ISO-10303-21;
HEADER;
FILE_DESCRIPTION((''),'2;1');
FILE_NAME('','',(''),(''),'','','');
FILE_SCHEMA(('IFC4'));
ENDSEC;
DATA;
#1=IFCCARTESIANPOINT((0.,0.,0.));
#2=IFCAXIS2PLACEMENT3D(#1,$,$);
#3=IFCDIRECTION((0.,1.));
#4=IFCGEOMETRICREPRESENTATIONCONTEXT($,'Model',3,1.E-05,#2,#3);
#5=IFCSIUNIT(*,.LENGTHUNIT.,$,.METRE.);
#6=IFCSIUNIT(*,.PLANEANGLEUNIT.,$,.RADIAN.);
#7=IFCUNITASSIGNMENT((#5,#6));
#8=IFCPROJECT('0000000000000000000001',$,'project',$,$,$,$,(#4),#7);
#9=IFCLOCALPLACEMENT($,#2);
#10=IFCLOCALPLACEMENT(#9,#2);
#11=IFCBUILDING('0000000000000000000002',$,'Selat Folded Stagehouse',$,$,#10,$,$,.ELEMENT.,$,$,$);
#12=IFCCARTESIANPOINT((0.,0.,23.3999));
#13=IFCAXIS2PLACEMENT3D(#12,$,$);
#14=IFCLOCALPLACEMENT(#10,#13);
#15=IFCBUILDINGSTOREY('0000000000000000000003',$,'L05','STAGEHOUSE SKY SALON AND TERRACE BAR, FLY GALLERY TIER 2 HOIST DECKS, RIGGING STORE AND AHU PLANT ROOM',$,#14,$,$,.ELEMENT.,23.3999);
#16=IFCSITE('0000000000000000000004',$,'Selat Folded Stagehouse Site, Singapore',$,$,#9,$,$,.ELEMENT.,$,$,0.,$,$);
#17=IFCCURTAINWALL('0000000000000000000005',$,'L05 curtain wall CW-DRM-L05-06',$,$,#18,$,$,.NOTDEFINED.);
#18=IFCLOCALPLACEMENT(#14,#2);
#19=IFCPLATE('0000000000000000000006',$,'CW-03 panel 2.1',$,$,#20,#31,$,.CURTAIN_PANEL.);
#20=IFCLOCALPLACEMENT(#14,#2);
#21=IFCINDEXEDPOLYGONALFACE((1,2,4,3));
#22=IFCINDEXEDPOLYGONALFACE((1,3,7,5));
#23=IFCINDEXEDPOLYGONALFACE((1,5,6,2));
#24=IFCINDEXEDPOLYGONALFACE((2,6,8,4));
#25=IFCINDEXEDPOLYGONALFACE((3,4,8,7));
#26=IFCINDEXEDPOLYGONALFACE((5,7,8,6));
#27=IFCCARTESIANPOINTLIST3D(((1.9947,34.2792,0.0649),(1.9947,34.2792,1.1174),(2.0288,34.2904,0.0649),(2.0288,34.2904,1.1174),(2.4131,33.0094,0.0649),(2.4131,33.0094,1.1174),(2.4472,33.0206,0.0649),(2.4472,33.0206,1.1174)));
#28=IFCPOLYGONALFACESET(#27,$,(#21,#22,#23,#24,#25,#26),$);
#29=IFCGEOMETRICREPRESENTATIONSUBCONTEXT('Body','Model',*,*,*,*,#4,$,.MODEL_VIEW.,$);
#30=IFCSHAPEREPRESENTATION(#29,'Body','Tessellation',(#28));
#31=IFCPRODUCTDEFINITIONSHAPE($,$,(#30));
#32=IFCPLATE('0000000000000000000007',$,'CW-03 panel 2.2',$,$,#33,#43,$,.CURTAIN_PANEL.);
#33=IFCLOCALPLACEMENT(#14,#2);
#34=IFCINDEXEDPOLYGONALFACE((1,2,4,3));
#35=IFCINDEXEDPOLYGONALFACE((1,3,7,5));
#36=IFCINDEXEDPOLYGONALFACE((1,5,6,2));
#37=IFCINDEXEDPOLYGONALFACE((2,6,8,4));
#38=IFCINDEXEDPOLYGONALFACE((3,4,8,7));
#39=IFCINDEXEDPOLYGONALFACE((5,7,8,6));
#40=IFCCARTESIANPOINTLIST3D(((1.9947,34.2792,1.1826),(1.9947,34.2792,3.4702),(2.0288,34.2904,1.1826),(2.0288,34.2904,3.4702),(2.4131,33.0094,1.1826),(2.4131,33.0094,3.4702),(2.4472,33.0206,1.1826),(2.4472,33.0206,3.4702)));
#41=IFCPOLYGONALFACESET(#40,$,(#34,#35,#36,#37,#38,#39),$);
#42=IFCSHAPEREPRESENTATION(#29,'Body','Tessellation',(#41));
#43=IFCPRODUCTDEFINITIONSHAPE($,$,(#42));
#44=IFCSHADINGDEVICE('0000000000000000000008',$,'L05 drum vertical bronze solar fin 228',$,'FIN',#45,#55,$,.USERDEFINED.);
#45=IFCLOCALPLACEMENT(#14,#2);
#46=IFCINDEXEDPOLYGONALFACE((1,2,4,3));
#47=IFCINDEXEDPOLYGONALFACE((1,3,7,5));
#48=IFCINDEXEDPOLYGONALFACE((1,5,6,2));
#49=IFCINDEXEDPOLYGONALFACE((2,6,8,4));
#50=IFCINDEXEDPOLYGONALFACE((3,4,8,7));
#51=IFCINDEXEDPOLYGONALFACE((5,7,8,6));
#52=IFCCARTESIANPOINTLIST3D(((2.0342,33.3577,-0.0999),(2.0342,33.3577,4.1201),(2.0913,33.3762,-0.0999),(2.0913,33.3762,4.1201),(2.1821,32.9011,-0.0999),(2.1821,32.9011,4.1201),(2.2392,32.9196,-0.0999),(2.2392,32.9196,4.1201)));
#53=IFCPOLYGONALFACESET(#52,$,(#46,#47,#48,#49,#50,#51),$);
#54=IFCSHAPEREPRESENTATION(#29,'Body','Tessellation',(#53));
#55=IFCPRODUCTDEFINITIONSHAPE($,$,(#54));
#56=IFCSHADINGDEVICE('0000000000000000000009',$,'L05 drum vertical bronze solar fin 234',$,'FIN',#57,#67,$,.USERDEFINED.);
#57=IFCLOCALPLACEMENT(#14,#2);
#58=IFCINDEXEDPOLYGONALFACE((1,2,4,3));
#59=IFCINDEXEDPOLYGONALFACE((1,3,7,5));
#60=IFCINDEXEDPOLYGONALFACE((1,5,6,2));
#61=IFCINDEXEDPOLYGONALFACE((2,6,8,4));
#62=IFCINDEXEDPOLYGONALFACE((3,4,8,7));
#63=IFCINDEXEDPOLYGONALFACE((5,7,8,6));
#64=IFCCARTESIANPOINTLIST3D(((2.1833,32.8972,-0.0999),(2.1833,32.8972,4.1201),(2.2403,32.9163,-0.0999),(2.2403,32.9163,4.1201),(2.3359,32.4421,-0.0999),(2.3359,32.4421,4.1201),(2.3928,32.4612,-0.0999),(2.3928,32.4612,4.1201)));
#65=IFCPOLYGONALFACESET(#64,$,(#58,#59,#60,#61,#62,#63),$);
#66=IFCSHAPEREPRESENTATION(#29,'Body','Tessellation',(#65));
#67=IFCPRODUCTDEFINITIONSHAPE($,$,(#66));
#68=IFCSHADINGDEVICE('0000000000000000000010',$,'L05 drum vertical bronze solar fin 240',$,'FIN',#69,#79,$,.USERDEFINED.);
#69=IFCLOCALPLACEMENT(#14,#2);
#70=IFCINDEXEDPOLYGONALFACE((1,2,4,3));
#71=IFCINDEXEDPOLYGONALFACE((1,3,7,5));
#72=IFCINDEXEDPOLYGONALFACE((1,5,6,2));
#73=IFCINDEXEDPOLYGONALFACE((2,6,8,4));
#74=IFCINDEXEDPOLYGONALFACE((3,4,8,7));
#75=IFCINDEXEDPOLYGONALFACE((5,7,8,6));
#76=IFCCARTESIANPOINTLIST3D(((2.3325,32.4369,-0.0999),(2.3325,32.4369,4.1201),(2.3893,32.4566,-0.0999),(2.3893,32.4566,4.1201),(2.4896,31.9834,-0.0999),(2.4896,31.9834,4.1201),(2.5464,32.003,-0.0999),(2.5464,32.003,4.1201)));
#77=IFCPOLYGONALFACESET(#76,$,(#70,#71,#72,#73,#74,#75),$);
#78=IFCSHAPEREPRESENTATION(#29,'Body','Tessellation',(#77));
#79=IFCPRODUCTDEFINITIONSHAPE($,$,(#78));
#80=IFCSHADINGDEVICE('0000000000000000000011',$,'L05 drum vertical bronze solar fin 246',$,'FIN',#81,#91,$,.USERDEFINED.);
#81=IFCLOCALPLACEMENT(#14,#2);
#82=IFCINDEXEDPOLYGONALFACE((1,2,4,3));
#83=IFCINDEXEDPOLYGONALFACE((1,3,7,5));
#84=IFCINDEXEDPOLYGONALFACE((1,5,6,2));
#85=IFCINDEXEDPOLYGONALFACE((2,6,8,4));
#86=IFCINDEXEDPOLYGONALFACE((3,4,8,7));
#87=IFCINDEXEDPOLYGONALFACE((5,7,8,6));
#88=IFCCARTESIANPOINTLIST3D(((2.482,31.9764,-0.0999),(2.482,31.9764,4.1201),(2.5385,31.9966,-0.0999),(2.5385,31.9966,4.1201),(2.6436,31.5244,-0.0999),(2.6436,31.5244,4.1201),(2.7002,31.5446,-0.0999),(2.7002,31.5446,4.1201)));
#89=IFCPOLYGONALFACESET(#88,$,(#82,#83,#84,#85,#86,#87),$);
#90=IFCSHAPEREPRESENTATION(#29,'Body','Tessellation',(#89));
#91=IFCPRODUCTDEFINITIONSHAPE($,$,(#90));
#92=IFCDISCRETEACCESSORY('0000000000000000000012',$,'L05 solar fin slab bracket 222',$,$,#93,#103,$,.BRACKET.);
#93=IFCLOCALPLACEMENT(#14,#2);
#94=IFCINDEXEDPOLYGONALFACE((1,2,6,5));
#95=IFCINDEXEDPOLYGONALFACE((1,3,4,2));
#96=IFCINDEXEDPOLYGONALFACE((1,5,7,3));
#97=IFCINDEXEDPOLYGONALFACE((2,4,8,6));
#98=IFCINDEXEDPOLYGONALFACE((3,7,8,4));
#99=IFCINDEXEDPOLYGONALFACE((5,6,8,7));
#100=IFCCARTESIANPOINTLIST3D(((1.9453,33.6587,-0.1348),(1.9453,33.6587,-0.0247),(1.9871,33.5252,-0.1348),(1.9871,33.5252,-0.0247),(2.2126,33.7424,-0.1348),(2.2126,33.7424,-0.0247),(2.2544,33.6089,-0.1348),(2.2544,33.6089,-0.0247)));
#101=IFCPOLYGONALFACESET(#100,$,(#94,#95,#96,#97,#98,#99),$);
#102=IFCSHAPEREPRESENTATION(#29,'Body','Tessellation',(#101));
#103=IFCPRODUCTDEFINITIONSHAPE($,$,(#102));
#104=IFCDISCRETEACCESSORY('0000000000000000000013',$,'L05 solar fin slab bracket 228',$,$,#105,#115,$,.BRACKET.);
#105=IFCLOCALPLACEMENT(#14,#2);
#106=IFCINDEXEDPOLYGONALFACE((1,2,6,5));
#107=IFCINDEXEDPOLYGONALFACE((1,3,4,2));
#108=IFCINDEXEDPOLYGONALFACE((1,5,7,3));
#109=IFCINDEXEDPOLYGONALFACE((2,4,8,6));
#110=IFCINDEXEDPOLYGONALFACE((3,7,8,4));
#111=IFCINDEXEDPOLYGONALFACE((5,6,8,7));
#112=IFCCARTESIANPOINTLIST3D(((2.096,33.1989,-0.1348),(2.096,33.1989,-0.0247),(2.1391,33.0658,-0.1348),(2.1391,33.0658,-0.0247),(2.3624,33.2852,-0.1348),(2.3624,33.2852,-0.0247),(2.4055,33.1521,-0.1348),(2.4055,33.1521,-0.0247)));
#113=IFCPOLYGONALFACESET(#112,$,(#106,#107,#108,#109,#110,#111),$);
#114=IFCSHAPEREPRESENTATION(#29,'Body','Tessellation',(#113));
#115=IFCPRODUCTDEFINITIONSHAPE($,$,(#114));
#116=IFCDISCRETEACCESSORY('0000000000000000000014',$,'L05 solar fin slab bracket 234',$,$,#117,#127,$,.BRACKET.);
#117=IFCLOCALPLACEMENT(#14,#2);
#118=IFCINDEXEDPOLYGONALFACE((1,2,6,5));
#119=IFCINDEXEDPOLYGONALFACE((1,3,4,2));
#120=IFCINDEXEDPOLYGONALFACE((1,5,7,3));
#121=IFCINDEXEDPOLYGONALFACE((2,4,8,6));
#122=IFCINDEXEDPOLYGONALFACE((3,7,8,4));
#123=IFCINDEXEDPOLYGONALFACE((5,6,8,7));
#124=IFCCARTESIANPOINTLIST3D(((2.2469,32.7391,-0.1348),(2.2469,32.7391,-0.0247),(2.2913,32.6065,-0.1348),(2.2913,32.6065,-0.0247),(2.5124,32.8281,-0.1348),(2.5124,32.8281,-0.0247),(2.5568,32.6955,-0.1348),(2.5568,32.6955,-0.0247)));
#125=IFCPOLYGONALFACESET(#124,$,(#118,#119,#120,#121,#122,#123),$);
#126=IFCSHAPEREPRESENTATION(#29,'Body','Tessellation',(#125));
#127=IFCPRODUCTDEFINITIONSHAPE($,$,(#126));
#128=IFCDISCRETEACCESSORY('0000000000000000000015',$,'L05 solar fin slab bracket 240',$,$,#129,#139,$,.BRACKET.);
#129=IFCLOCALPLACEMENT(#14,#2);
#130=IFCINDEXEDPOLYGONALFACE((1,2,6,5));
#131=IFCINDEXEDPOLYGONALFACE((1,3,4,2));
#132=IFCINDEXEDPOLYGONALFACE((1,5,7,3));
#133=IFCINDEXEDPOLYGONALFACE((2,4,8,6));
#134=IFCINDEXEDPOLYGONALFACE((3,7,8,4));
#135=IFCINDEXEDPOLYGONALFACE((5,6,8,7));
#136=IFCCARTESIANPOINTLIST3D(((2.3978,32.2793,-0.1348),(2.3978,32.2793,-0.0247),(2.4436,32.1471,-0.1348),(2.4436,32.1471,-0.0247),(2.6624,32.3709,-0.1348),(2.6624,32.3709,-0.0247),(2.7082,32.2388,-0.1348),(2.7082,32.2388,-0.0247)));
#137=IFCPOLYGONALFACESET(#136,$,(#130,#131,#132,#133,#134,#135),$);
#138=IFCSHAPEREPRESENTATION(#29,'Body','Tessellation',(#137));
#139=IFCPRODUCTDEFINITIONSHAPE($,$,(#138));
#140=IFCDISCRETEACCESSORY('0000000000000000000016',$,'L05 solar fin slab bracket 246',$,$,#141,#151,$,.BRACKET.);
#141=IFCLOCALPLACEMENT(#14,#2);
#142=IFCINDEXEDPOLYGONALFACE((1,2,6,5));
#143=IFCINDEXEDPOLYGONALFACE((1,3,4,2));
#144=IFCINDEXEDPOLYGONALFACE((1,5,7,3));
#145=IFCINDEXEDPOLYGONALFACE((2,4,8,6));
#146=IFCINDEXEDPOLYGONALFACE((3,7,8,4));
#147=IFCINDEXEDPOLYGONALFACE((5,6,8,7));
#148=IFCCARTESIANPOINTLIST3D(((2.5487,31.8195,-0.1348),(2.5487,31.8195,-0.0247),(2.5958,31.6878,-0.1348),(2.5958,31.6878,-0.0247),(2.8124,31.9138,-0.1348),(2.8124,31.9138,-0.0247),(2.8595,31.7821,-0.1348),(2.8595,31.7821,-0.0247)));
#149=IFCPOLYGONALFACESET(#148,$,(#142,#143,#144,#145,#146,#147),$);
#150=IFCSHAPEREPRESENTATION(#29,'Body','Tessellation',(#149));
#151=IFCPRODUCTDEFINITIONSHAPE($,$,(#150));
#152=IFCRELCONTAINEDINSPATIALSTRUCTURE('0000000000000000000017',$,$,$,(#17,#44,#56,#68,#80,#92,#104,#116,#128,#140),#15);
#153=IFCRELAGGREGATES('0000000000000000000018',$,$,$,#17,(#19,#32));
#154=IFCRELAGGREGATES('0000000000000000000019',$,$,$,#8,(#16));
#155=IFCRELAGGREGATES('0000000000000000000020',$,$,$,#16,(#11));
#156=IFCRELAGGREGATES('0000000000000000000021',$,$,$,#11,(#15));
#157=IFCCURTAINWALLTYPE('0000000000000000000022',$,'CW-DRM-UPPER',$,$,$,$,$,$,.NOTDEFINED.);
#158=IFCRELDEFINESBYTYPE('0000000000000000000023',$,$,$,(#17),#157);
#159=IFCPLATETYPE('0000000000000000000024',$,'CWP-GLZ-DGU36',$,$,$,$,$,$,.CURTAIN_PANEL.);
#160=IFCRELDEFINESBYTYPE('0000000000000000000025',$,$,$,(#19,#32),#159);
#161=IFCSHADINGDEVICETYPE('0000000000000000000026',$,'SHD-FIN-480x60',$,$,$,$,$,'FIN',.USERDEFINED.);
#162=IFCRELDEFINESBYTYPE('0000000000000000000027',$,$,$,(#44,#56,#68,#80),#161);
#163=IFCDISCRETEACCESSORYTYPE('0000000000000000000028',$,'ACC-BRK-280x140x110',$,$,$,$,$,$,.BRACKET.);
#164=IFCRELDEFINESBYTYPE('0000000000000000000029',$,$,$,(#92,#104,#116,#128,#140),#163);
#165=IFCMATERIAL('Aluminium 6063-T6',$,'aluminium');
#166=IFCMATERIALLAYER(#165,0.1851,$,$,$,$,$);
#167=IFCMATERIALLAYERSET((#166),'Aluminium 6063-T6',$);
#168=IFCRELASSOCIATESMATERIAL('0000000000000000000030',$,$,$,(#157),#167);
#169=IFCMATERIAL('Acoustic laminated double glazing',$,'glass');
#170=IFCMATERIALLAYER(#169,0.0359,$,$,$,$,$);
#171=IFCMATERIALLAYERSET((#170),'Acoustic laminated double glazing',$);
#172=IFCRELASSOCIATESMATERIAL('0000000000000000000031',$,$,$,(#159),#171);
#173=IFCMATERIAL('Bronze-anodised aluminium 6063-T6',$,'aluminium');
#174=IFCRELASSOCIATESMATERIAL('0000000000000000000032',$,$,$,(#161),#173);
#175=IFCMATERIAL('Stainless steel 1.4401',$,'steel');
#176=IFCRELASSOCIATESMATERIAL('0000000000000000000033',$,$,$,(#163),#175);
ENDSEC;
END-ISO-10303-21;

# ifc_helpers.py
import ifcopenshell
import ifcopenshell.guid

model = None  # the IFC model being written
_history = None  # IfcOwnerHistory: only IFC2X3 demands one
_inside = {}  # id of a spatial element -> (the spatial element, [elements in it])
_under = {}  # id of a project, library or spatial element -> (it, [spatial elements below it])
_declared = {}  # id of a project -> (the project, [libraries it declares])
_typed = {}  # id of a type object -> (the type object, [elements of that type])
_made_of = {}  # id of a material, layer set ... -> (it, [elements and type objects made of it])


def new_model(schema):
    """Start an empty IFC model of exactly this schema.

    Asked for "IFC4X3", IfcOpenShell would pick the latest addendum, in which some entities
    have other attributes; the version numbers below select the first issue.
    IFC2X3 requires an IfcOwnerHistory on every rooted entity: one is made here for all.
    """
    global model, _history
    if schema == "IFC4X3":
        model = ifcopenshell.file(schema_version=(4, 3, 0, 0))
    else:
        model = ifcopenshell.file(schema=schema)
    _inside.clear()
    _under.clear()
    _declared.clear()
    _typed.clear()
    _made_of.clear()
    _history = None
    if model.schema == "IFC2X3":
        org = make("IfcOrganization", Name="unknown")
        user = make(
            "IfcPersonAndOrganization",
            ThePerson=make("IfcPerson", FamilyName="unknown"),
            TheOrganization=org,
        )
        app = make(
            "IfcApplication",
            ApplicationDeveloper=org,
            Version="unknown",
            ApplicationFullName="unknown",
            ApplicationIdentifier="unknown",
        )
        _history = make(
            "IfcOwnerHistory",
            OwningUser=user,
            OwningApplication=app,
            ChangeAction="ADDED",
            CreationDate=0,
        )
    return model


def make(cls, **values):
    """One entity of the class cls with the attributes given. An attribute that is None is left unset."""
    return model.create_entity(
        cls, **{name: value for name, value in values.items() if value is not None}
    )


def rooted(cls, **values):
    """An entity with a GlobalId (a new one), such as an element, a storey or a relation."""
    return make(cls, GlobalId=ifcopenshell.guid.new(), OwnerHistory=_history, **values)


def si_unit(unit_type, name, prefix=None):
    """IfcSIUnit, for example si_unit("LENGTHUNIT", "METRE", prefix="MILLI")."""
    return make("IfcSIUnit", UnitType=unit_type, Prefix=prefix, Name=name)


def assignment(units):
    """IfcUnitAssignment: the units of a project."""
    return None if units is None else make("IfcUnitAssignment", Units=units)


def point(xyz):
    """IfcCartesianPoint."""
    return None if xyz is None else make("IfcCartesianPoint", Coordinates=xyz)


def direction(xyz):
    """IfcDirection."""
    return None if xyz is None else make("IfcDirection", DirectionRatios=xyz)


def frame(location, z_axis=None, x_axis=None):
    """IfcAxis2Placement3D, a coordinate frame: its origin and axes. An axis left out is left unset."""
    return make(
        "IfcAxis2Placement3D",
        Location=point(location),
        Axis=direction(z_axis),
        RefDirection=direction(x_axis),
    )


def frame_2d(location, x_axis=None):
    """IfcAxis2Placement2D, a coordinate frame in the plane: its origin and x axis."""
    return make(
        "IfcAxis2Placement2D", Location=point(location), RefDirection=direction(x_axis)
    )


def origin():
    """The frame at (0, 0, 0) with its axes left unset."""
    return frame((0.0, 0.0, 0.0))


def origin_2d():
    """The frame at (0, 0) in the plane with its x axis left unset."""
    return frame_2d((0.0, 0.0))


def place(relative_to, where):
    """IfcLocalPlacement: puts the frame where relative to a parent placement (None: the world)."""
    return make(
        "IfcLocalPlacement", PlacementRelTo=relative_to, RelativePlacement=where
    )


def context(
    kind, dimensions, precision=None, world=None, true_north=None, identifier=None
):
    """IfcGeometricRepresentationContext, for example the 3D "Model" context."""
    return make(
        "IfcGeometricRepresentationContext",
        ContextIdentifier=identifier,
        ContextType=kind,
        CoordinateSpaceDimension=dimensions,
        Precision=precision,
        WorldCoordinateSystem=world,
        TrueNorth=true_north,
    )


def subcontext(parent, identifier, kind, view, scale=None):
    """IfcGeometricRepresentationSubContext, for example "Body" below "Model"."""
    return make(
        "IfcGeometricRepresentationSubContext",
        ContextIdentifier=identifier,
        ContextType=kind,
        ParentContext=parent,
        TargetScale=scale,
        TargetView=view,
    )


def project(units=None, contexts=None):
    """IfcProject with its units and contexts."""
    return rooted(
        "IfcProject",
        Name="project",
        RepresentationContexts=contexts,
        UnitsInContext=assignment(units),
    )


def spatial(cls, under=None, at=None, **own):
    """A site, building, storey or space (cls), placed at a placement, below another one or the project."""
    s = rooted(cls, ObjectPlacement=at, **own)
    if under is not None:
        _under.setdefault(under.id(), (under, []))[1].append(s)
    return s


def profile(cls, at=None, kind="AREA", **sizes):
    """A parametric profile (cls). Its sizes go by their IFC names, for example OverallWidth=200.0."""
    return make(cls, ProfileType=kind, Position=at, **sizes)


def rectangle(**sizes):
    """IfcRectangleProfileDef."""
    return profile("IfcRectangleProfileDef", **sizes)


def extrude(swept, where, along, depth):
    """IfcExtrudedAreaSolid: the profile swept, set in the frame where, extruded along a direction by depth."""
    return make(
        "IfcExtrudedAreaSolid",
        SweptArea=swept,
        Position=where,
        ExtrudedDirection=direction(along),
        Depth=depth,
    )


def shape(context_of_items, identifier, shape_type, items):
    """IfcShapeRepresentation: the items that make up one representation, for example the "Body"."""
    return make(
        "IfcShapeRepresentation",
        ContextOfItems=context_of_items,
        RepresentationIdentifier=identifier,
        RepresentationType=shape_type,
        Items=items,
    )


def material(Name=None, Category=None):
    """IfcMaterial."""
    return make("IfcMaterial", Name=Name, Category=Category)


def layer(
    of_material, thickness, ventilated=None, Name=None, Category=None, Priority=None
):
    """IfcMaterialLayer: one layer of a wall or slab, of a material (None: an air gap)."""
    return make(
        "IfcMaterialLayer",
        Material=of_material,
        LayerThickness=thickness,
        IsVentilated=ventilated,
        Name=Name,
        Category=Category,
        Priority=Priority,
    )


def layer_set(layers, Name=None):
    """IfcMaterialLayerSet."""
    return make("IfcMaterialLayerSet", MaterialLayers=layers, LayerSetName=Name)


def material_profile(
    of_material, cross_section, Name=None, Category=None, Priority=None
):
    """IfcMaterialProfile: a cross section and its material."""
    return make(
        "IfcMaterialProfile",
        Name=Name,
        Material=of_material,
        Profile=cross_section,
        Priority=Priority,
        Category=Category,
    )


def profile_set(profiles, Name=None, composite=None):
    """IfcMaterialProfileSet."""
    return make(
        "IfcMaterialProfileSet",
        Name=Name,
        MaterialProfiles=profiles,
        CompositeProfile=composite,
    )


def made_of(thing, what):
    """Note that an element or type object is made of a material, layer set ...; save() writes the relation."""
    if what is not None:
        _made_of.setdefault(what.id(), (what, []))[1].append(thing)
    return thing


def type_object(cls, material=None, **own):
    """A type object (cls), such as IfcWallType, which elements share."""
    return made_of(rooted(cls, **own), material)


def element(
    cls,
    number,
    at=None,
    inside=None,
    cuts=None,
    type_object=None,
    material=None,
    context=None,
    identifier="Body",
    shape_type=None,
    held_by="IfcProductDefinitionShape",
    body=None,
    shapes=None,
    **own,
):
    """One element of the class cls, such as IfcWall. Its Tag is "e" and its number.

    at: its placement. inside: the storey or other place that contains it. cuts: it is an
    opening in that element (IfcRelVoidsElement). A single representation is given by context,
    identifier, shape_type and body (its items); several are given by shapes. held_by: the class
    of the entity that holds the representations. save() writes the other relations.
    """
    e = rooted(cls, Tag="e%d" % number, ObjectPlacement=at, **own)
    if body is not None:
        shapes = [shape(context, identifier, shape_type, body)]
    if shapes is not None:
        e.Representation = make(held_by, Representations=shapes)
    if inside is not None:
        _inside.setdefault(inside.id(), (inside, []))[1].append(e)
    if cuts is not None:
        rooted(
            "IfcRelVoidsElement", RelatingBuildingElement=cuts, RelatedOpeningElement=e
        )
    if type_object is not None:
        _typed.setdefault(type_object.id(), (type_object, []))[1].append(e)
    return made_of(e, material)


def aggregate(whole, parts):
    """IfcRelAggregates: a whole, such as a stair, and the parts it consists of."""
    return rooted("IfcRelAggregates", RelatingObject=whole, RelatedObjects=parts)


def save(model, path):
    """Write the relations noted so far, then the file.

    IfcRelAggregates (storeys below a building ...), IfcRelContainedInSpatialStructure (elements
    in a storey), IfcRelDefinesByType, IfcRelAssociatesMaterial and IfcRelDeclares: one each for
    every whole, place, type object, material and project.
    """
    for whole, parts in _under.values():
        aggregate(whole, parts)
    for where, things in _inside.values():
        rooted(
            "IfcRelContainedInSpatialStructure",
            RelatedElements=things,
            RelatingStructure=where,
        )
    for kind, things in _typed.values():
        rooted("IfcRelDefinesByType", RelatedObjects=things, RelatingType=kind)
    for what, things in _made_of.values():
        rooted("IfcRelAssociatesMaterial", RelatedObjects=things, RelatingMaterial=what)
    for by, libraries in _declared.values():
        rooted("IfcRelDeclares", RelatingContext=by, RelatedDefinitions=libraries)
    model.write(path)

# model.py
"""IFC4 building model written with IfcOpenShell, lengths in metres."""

from ifc_helpers import new_model, si_unit, direction, frame, origin, origin_2d, place, context, subcontext, project, spatial, rectangle, extrude, material, layer, layer_set, material_profile, profile_set, type_object, element, aggregate, save


model = new_model("IFC4")

# Units and contexts
model_context = context("Model", 3, precision=1e-05, world=origin(), true_north=direction((0.0, 1.0)))
body_context = subcontext(model_context, "Body", "Model", "MODEL_VIEW")
ifc_project = project(units=[si_unit("LENGTHUNIT", "METRE"), si_unit("PLANEANGLEUNIT", "RADIAN")], contexts=[model_context])

# Site, building, storey
site_placement = place(None, origin())
site = spatial("IfcSite", under=ifc_project, at=site_placement, Name="Selat Folded Stagehouse Site, Singapore", CompositionType="ELEMENT", RefElevation=0.0)
building_placement = place(site_placement, origin())
building = spatial("IfcBuilding", under=site, at=building_placement, Name="Selat Folded Stagehouse", CompositionType="ELEMENT")
storey_placement = place(building_placement, frame((0.0, 0.0, 23.3999)))
storey = spatial("IfcBuildingStorey", under=building, at=storey_placement, Name="L05", Description="STAGEHOUSE SKY SALON AND TERRACE BAR, FLY GALLERY TIER 2 HOIST DECKS, RIGGING STORE AND AHU PLANT ROOM", CompositionType="ELEMENT", Elevation=23.3999)

# Curtain wall, plates
ifc_material_1 = material(Name="Aluminium 6063-T6", Category="aluminium")
ifc_layer_1 = layer(ifc_material_1, 0.1851)
ifc_layer_set_1 = layer_set([ifc_layer_1], Name="Aluminium 6063-T6")
curtain_wall_type = type_object("IfcCurtainWallType", Name="CW-DRM-UPPER", PredefinedType="NOTDEFINED", material=ifc_layer_set_1)
curtain_wall_placement = place(storey_placement, origin())
curtain_wall = element("IfcCurtainWall", 1, at=curtain_wall_placement, inside=storey, type_object=curtain_wall_type, Name="L05 curtain wall CW-DRM-L05-06", PredefinedType="NOTDEFINED")
ifc_material_2 = material(Name="Acoustic laminated double glazing", Category="glass")
ifc_layer_2 = layer(ifc_material_2, 0.0359)
ifc_layer_set_2 = layer_set([ifc_layer_2], Name="Acoustic laminated double glazing")
plate_type = type_object("IfcPlateType", Name="CWP-GLZ-DGU36", PredefinedType="CURTAIN_PANEL", material=ifc_layer_set_2)
plate_1_placement = place(storey_placement, frame((2.2209, 33.6499, 0.0649), z_axis=(0.0, 0.0, 1.0), x_axis=(-0.312995, 0.949755, 0.0)))
plate_1 = element("IfcPlate", 2, at=plate_1_placement, type_object=plate_type, Name="CW-03 panel 2.1", PredefinedType="CURTAIN_PANEL", context=body_context, shape_type="SweptSolid", body=[
    extrude(rectangle(XDim=1.3369, YDim=0.0359, at=origin_2d()), origin(), (0.0, 0.0, 1.0), 1.0525),
])
plate_2_placement = place(storey_placement, frame((2.2209, 33.6499, 1.1826), z_axis=(0.0, 0.0, 1.0), x_axis=(-0.312995, 0.949755, 0.0)))
plate_2 = element("IfcPlate", 3, at=plate_2_placement, type_object=plate_type, Name="CW-03 panel 2.2", PredefinedType="CURTAIN_PANEL", context=body_context, shape_type="SweptSolid", body=[
    extrude(rectangle(XDim=1.3369, YDim=0.0359, at=origin_2d()), origin(), (0.0, 0.0, 1.0), 2.2876),
])
aggregate(curtain_wall, [plate_1, plate_2])

# Shading devices
ifc_material_3 = material(Name="Bronze-anodised aluminium 6063-T6", Category="aluminium")
ifc_material_profile_1 = material_profile(ifc_material_3, rectangle(XDim=0.0601, YDim=0.48, at=origin_2d()), Name="SOLAR-FIN 480x60")
ifc_profile_set_1 = profile_set([ifc_material_profile_1], Name="Bronze-anodised aluminium 6063-T6")
shading_device_type = type_object("IfcShadingDeviceType", Name="SHD-FIN-480x60", ElementType="FIN", PredefinedType="USERDEFINED", material=ifc_profile_set_1)
for number, where, z_axis, x_axis, name in (
    (4, (2.1367, 33.1387, -0.0999), (0.0, 0.0, 1.0), (-0.951326, -0.308187, 0.0), "L05 drum vertical bronze solar fin 228"),
    (5, (2.2881, 32.6792, -0.0999), (0.0, 0.0, 1.0), (-0.948157, -0.317801, 0.0), "L05 drum vertical bronze solar fin 234"),
    (6, (2.4395, 32.22, -0.0999), (0.0, 0.0, 1.0), (-0.944949, -0.327218, 0.0), "L05 drum vertical bronze solar fin 240"),
    (7, (2.5911, 31.7605, -0.0999), (0.0, 0.0, 1.0), (-0.941588, -0.336767, 0.0), "L05 drum vertical bronze solar fin 246"),
):
    element("IfcShadingDevice", number, at=place(storey_placement, frame(where, z_axis=z_axis, x_axis=x_axis)), inside=storey, type_object=shading_device_type, Name=name, ObjectType="FIN", PredefinedType="USERDEFINED", context=body_context, shape_type="SweptSolid", body=[
        extrude(rectangle(XDim=0.0601, YDim=0.48, at=origin_2d()), origin(), (0.0, 0.0, 1.0), 4.22),
    ])

# Discrete accessories
ifc_material_4 = material(Name="Stainless steel 1.4401", Category="steel")
discrete_accessory_type = type_object("IfcDiscreteAccessoryType", Name="ACC-BRK-280x140x110", PredefinedType="BRACKET", material=ifc_material_4)
for number, where, z_axis, x_axis, name in (
    (8, (2.0999, 33.6338, -0.1348), (0.0, 0.0, 1.0), (-0.954345, -0.298708, 0.0), "L05 solar fin slab bracket 222"),
    (9, (2.2507, 33.1755, -0.1348), (0.0, 0.0, 1.0), (-0.951326, -0.308187, 0.0), "L05 solar fin slab bracket 228"),
    (10, (2.4019, 32.7173, -0.1348), (0.0, 0.0, 1.0), (-0.948157, -0.317801, 0.0), "L05 solar fin slab bracket 234"),
    (11, (2.553, 32.259, -0.1348), (0.0, 0.0, 1.0), (-0.944949, -0.327218, 0.0), "L05 solar fin slab bracket 240"),
    (12, (2.7041, 31.8008, -0.1348), (0.0, 0.0, 1.0), (-0.941588, -0.336767, 0.0), "L05 solar fin slab bracket 246"),
):
    element("IfcDiscreteAccessory", number, at=place(storey_placement, frame(where, z_axis=z_axis, x_axis=x_axis)), inside=storey, type_object=discrete_accessory_type, Name=name, PredefinedType="BRACKET", context=body_context, shape_type="SweptSolid", body=[
        extrude(rectangle(XDim=0.28, YDim=0.1399, at=origin_2d()), origin(), (0.0, 0.0, 1.0), 0.1101),
    ])

save(model, "model.ifc")
